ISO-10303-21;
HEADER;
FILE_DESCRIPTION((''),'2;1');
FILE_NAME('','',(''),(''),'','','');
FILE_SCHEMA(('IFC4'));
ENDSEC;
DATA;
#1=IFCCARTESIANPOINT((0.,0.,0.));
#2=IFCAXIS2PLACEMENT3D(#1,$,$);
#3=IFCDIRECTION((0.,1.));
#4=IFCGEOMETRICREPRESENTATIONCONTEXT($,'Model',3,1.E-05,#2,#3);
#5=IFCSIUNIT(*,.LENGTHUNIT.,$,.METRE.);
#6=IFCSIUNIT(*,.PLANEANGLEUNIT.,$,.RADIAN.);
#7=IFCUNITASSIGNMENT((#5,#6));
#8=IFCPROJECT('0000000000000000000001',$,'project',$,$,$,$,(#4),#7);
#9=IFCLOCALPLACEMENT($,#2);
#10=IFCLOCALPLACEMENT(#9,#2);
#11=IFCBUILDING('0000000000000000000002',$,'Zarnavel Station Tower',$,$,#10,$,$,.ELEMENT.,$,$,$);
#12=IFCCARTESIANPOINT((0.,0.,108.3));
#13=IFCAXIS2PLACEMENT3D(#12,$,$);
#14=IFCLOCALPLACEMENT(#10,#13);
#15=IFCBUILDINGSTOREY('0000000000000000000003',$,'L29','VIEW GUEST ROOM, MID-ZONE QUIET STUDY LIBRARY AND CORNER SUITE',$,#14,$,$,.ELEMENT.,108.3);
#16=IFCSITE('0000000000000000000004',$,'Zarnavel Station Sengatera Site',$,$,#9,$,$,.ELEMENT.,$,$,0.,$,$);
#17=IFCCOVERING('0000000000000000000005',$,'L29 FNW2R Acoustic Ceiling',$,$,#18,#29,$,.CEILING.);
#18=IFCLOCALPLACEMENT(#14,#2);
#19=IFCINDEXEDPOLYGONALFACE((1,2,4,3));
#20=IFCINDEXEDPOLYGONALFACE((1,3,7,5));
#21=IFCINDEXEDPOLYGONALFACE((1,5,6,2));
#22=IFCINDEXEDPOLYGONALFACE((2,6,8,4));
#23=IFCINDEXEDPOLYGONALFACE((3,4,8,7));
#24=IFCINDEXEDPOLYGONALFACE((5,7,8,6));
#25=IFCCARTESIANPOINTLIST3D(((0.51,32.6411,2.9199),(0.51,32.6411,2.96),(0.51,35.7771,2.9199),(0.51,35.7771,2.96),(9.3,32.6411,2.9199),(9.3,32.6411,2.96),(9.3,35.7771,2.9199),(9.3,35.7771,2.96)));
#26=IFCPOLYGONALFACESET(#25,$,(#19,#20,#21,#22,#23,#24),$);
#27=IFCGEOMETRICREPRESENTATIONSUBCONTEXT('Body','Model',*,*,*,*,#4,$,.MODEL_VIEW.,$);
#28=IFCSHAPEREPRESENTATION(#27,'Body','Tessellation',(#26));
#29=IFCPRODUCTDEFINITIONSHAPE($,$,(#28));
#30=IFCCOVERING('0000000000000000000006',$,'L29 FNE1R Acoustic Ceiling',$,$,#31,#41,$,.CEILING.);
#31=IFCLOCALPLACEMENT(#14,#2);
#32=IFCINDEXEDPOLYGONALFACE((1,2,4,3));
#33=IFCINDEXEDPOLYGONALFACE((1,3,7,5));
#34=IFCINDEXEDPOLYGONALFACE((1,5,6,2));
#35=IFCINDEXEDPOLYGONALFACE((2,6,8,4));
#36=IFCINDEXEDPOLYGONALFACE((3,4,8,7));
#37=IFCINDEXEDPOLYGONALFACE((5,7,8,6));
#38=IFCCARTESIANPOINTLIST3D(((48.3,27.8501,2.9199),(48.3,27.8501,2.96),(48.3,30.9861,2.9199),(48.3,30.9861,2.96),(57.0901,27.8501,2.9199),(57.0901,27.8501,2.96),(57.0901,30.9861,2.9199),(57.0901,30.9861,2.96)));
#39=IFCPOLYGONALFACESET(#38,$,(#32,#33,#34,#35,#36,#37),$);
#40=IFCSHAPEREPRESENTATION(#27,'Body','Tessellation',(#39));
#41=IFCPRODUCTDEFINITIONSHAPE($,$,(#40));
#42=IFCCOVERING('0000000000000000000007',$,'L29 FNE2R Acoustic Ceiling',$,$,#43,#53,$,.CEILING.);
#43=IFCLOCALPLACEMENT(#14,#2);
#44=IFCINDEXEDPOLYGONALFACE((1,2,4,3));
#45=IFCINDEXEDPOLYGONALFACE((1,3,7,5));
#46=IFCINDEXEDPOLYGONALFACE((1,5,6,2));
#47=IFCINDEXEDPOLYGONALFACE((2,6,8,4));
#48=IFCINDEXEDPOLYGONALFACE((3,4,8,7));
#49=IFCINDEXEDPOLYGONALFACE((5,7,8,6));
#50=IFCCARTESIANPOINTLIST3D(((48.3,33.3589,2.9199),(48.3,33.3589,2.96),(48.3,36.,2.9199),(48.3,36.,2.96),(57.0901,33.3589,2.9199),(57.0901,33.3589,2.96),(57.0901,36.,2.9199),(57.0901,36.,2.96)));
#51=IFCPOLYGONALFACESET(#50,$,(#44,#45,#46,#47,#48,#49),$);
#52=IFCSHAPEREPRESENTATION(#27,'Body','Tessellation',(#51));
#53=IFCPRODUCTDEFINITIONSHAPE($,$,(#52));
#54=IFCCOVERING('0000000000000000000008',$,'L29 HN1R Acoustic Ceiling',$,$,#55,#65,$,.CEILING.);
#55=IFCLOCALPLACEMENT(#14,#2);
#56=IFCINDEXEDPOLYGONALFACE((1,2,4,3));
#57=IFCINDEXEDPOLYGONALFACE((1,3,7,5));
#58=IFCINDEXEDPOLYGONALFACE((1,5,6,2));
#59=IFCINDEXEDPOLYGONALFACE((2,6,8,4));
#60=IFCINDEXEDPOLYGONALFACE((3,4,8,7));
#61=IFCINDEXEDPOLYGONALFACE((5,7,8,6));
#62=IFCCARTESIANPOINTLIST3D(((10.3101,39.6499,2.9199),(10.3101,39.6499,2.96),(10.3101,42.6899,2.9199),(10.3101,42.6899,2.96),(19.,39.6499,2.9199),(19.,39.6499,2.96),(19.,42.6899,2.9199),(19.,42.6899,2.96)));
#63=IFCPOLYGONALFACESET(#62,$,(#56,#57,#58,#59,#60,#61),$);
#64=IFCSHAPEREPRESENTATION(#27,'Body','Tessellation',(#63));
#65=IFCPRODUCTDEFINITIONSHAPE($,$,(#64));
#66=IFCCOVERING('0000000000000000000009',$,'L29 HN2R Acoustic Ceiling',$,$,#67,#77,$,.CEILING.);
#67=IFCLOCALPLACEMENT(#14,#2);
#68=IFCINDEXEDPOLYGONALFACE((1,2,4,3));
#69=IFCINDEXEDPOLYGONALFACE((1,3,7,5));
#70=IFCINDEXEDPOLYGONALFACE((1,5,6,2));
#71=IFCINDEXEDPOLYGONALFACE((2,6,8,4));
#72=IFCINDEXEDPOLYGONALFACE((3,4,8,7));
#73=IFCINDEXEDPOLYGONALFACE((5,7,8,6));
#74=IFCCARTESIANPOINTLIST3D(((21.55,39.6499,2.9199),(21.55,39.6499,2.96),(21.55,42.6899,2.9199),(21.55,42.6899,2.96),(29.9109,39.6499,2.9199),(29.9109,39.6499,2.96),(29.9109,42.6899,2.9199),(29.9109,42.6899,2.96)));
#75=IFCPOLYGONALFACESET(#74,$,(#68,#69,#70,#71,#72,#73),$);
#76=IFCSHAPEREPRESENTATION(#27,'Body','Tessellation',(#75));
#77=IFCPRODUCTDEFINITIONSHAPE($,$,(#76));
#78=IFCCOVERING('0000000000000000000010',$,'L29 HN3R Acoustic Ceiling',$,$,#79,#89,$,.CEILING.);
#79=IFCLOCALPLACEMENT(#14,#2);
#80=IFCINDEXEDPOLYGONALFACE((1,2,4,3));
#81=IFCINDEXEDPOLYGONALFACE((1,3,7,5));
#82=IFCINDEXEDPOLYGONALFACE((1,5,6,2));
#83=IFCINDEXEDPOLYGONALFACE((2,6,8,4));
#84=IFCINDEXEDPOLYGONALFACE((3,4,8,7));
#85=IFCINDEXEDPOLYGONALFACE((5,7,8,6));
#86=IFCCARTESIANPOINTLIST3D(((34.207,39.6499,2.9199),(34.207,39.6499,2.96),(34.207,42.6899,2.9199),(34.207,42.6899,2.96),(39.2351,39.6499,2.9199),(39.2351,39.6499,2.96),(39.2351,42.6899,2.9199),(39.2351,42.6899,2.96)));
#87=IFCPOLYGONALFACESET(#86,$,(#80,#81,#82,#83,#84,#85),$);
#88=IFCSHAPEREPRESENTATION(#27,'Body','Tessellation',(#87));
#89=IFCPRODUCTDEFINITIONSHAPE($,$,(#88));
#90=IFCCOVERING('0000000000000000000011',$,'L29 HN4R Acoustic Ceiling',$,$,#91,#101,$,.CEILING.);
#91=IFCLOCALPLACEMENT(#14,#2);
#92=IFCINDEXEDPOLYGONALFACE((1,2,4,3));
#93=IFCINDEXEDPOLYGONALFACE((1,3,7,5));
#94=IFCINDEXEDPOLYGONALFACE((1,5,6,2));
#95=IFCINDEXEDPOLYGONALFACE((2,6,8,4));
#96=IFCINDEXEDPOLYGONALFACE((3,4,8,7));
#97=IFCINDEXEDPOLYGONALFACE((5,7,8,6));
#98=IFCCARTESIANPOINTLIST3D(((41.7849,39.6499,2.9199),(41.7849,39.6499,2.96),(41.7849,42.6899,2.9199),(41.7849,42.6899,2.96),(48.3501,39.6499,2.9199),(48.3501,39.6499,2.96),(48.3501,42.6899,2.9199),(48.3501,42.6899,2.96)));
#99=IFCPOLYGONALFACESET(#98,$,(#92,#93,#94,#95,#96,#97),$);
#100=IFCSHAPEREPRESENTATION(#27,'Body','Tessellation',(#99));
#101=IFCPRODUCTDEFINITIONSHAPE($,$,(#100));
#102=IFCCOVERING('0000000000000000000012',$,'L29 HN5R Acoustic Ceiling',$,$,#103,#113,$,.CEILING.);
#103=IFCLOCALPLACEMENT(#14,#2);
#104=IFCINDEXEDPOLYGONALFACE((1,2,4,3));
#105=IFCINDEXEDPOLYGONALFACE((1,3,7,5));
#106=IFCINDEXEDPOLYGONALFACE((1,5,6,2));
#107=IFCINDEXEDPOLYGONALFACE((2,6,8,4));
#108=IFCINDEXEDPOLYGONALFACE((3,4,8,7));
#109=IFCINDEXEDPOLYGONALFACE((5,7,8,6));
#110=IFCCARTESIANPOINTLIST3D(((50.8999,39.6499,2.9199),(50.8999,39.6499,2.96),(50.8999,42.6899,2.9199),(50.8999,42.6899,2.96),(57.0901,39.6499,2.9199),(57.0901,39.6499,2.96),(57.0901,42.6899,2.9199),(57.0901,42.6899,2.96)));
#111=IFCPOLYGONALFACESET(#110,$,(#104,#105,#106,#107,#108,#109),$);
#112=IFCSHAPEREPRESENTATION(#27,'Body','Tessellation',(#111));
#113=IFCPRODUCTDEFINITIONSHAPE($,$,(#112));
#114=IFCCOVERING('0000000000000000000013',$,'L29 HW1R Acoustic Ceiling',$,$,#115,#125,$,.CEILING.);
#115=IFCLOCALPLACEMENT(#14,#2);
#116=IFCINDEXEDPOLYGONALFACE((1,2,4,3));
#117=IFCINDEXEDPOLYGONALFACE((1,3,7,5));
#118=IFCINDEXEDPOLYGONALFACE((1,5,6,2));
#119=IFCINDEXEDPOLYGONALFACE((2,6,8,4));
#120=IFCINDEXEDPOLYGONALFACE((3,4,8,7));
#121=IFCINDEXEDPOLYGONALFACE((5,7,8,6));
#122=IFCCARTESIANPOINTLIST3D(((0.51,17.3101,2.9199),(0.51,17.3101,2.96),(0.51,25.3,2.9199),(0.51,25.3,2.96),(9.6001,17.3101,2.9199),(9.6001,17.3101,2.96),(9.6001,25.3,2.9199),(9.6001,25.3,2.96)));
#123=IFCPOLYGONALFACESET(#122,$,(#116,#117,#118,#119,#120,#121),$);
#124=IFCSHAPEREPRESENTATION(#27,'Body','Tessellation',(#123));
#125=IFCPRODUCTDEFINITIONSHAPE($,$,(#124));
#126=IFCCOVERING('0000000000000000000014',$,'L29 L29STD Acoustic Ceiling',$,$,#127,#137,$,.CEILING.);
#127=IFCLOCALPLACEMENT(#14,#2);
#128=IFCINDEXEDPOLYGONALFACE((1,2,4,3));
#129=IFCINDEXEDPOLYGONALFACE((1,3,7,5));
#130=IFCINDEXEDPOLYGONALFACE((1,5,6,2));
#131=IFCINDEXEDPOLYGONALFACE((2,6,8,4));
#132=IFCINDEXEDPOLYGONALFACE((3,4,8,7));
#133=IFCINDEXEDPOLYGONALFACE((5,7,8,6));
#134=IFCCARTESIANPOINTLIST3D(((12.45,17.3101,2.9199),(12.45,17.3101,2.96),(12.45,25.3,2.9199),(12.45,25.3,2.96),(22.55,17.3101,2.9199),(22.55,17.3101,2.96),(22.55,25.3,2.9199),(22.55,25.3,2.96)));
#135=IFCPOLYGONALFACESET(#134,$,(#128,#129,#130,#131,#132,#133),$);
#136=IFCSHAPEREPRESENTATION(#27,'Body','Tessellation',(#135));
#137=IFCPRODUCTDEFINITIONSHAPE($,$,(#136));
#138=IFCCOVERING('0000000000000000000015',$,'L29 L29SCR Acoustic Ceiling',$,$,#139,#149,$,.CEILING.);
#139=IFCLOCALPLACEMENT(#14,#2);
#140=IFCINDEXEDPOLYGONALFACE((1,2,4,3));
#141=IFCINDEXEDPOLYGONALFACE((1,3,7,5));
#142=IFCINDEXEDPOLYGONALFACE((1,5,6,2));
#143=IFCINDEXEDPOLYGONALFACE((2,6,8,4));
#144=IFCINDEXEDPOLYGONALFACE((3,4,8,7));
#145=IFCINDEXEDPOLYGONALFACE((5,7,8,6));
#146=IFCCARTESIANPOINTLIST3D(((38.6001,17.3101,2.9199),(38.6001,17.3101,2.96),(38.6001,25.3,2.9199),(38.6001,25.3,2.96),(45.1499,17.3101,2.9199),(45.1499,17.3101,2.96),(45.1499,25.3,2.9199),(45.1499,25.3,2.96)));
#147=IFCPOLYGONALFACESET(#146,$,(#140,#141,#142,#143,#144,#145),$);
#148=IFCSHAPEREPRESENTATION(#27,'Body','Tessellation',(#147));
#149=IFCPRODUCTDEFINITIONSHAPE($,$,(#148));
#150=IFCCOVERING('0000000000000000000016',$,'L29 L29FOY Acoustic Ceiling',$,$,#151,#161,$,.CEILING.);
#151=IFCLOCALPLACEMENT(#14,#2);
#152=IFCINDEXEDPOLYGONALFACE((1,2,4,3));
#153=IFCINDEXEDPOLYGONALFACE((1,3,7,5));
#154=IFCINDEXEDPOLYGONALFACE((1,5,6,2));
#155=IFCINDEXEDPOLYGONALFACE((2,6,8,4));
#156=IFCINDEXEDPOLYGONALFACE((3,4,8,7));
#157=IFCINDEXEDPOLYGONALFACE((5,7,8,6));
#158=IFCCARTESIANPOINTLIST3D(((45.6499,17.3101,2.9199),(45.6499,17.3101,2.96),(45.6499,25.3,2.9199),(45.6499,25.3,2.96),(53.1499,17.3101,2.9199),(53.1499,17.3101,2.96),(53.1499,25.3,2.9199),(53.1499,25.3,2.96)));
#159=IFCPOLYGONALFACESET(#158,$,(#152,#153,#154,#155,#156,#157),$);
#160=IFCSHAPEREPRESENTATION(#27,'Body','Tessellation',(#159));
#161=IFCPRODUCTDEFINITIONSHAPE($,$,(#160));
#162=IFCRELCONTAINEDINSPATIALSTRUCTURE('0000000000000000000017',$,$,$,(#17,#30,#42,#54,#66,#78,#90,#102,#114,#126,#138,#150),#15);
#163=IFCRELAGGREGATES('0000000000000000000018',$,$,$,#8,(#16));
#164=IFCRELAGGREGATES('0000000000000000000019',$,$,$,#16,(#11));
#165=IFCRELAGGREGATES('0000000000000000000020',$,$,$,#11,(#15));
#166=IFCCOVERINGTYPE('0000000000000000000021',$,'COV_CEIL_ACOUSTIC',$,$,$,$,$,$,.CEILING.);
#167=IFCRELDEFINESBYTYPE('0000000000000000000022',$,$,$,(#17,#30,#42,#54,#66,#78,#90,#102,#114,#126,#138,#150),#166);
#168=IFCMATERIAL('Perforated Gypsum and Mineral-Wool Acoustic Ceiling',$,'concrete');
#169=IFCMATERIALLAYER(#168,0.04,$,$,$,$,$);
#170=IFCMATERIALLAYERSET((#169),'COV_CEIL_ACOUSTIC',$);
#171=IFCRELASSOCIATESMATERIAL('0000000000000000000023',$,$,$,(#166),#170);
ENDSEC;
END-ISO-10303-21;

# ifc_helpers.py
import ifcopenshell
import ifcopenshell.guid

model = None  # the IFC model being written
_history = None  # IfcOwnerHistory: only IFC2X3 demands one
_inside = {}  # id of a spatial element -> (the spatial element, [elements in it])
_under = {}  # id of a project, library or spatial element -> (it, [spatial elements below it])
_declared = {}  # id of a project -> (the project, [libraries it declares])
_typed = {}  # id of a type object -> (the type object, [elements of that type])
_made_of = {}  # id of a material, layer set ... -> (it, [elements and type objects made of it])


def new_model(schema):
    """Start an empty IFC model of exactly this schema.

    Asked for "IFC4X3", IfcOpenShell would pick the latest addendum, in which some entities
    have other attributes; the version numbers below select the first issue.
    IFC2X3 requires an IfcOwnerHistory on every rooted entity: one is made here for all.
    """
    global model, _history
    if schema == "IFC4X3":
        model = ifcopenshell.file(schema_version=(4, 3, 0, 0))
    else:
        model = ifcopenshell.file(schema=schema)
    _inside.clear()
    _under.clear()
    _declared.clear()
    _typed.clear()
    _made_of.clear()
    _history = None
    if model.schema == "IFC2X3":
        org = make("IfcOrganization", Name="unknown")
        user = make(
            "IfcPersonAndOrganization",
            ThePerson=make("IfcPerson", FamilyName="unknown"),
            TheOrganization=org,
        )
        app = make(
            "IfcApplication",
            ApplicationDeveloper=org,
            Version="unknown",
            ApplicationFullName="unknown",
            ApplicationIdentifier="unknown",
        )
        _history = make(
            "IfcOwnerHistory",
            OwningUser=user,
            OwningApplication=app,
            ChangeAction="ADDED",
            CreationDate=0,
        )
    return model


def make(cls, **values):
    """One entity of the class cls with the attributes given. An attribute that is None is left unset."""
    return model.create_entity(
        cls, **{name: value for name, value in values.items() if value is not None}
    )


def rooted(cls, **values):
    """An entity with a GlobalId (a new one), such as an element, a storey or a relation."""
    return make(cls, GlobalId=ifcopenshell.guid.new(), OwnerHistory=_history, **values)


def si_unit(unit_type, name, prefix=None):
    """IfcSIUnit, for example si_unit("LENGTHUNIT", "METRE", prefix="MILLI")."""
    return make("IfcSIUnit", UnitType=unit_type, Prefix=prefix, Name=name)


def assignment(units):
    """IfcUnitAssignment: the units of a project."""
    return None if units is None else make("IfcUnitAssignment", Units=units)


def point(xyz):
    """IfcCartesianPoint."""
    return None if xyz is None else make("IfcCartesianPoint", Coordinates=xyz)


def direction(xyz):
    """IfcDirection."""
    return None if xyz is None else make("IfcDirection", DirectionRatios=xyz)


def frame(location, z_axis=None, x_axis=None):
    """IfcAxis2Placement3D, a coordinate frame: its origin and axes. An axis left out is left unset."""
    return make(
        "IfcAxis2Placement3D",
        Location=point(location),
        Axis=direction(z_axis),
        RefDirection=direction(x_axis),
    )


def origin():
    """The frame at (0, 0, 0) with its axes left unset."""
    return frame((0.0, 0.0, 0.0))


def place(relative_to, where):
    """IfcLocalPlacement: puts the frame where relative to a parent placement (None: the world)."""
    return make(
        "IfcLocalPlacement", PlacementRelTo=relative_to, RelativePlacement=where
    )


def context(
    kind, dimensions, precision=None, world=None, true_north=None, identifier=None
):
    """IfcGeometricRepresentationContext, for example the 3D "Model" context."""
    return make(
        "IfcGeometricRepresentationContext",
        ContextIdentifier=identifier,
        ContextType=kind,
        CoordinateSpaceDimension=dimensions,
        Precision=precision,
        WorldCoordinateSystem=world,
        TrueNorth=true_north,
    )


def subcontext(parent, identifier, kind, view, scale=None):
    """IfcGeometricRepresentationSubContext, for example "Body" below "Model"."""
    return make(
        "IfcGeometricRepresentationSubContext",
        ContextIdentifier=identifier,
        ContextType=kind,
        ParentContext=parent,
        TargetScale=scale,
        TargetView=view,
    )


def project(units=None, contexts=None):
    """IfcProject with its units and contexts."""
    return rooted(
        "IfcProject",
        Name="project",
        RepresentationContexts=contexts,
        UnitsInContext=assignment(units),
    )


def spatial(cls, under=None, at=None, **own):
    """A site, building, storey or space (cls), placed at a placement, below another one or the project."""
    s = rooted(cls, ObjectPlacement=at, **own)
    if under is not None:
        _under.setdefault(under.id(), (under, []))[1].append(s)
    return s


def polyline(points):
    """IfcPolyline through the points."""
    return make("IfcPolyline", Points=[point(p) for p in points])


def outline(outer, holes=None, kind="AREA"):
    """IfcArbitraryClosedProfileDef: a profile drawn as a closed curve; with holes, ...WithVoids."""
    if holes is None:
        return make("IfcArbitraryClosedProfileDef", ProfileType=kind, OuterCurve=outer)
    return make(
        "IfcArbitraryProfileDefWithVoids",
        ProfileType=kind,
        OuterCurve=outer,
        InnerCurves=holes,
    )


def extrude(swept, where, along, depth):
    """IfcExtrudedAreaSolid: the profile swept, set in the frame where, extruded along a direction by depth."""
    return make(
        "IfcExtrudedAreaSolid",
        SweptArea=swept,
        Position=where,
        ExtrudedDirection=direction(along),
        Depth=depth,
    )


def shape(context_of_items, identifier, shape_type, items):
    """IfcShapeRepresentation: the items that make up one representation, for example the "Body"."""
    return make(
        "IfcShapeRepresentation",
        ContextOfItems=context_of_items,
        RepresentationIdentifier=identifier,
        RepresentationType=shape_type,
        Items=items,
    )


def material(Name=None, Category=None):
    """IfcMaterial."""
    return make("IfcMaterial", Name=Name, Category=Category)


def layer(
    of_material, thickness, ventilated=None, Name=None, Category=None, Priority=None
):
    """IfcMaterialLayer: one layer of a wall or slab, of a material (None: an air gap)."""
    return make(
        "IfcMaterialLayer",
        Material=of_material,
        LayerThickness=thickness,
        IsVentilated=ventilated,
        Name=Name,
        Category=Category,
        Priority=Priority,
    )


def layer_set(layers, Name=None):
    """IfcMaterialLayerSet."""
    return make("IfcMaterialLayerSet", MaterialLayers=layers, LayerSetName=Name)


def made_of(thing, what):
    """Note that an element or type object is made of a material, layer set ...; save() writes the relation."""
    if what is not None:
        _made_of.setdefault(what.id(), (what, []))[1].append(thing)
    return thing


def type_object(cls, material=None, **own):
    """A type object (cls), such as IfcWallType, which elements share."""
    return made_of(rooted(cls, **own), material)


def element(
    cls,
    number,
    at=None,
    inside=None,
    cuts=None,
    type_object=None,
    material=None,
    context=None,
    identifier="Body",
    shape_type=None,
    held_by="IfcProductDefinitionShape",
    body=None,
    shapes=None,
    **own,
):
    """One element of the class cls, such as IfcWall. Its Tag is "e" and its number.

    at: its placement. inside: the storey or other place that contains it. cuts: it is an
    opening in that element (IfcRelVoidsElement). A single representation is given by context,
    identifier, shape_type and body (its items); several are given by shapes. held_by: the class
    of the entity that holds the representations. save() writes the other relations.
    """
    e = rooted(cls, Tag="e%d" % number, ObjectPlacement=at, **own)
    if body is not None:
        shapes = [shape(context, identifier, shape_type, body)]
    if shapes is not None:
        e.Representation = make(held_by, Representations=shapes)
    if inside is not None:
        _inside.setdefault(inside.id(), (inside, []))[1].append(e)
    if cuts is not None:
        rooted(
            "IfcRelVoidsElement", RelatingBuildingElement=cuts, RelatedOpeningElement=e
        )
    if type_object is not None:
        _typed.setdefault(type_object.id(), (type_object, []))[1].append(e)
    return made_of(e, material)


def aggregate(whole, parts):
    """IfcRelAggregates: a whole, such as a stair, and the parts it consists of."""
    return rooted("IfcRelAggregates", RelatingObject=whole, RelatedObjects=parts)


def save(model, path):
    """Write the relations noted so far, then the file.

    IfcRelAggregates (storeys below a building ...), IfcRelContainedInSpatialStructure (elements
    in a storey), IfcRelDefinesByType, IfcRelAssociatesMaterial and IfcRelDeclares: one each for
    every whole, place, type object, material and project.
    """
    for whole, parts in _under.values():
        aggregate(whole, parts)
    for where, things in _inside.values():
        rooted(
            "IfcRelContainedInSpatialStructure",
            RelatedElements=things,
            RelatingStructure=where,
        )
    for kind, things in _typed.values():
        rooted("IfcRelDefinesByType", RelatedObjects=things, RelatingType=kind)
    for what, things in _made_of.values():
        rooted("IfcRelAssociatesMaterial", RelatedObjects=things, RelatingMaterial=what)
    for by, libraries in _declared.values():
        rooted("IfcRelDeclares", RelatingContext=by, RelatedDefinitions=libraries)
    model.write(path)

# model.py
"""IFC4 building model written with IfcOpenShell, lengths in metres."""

from ifc_helpers import new_model, si_unit, direction, frame, origin, place, context, subcontext, project, spatial, polyline, outline, extrude, material, layer, layer_set, type_object, element, save


model = new_model("IFC4")

# Units and contexts
model_context = context("Model", 3, precision=1e-05, world=origin(), true_north=direction((0.0, 1.0)))
body_context = subcontext(model_context, "Body", "Model", "MODEL_VIEW")
ifc_project = project(units=[si_unit("LENGTHUNIT", "METRE"), si_unit("PLANEANGLEUNIT", "RADIAN")], contexts=[model_context])

# Site, building, storey
site_placement = place(None, origin())
site = spatial("IfcSite", under=ifc_project, at=site_placement, Name="Zarnavel Station Sengatera Site", CompositionType="ELEMENT", RefElevation=0.0)
building_placement = place(site_placement, origin())
building = spatial("IfcBuilding", under=site, at=building_placement, Name="Zarnavel Station Tower", CompositionType="ELEMENT")
storey_placement = place(building_placement, frame((0.0, 0.0, 108.3)))
storey = spatial("IfcBuildingStorey", under=building, at=storey_placement, Name="L29", Description="VIEW GUEST ROOM, MID-ZONE QUIET STUDY LIBRARY AND CORNER SUITE", CompositionType="ELEMENT", Elevation=108.3)

# Coverings
ifc_material_1 = material(Name="Perforated Gypsum and Mineral-Wool Acoustic Ceiling", Category="concrete")
ifc_layer_1 = layer(ifc_material_1, 0.04)
ifc_layer_set_1 = layer_set([ifc_layer_1], Name="COV_CEIL_ACOUSTIC")
covering_type_1 = type_object("IfcCoveringType", Name="COV_CEIL_ACOUSTIC", PredefinedType="CEILING", material=ifc_layer_set_1)
covering_1_placement = place(storey_placement, frame((0.0, 0.0, 2.9199)))
element("IfcCovering", 1, at=covering_1_placement, inside=storey, type_object=covering_type_1, Name="L29 FNW2R Acoustic Ceiling", PredefinedType="CEILING", context=body_context, shape_type="SweptSolid", body=[
    extrude(outline(polyline([(0.51, 32.6411), (9.3, 32.6411), (9.3, 35.7771), (0.51, 35.7771), (0.51, 32.6411)])), origin(), (0.0, 0.0, 1.0), 0.04),
])
covering_2_placement = place(storey_placement, frame((0.0, 0.0, 2.9199)))
element("IfcCovering", 2, at=covering_2_placement, inside=storey, type_object=covering_type_1, Name="L29 FNE1R Acoustic Ceiling", PredefinedType="CEILING", context=body_context, shape_type="SweptSolid", body=[
    extrude(outline(polyline([(48.3, 27.8501), (57.0901, 27.8501), (57.0901, 30.9861), (48.3, 30.9861), (48.3, 27.8501)])), origin(), (0.0, 0.0, 1.0), 0.04),
])
covering_3_placement = place(storey_placement, frame((0.0, 0.0, 2.9199)))
element("IfcCovering", 3, at=covering_3_placement, inside=storey, type_object=covering_type_1, Name="L29 FNE2R Acoustic Ceiling", PredefinedType="CEILING", context=body_context, shape_type="SweptSolid", body=[
    extrude(outline(polyline([(48.3, 33.3589), (57.0901, 33.3589), (57.0901, 36.0), (48.3, 36.0), (48.3, 33.3589)])), origin(), (0.0, 0.0, 1.0), 0.04),
])
covering_4_placement = place(storey_placement, frame((0.0, 0.0, 2.9199)))
element("IfcCovering", 4, at=covering_4_placement, inside=storey, type_object=covering_type_1, Name="L29 HN1R Acoustic Ceiling", PredefinedType="CEILING", context=body_context, shape_type="SweptSolid", body=[
    extrude(outline(polyline([(10.3101, 39.6499), (19.0, 39.6499), (19.0, 42.6899), (10.3101, 42.6899), (10.3101, 39.6499)])), origin(), (0.0, 0.0, 1.0), 0.04),
])
covering_5_placement = place(storey_placement, frame((0.0, 0.0, 2.9199)))
element("IfcCovering", 5, at=covering_5_placement, inside=storey, type_object=covering_type_1, Name="L29 HN2R Acoustic Ceiling", PredefinedType="CEILING", context=body_context, shape_type="SweptSolid", body=[
    extrude(outline(polyline([(21.55, 39.6499), (29.9109, 39.6499), (29.9109, 42.6899), (21.55, 42.6899), (21.55, 39.6499)])), origin(), (0.0, 0.0, 1.0), 0.04),
])
covering_6_placement = place(storey_placement, frame((0.0, 0.0, 2.9199)))
element("IfcCovering", 6, at=covering_6_placement, inside=storey, type_object=covering_type_1, Name="L29 HN3R Acoustic Ceiling", PredefinedType="CEILING", context=body_context, shape_type="SweptSolid", body=[
    extrude(outline(polyline([(34.207, 39.6499), (39.2351, 39.6499), (39.2351, 42.6899), (34.207, 42.6899), (34.207, 39.6499)])), origin(), (0.0, 0.0, 1.0), 0.04),
])
covering_7_placement = place(storey_placement, frame((0.0, 0.0, 2.9199)))
element("IfcCovering", 7, at=covering_7_placement, inside=storey, type_object=covering_type_1, Name="L29 HN4R Acoustic Ceiling", PredefinedType="CEILING", context=body_context, shape_type="SweptSolid", body=[
    extrude(outline(polyline([(41.7849, 39.6499), (48.3501, 39.6499), (48.3501, 42.6899), (41.7849, 42.6899), (41.7849, 39.6499)])), origin(), (0.0, 0.0, 1.0), 0.04),
])
covering_8_placement = place(storey_placement, frame((0.0, 0.0, 2.9199)))
element("IfcCovering", 8, at=covering_8_placement, inside=storey, type_object=covering_type_1, Name="L29 HN5R Acoustic Ceiling", PredefinedType="CEILING", context=body_context, shape_type="SweptSolid", body=[
    extrude(outline(polyline([(50.8999, 39.6499), (57.0901, 39.6499), (57.0901, 42.6899), (50.8999, 42.6899), (50.8999, 39.6499)])), origin(), (0.0, 0.0, 1.0), 0.04),
])
covering_9_placement = place(storey_placement, frame((0.0, 0.0, 2.9199)))
element("IfcCovering", 9, at=covering_9_placement, inside=storey, type_object=covering_type_1, Name="L29 HW1R Acoustic Ceiling", PredefinedType="CEILING", context=body_context, shape_type="SweptSolid", body=[
    extrude(outline(polyline([(0.51, 17.3101), (9.6001, 17.3101), (9.6001, 25.3), (0.51, 25.3), (0.51, 17.3101)])), origin(), (0.0, 0.0, 1.0), 0.04),
])
covering_10_placement = place(storey_placement, frame((0.0, 0.0, 2.9199)))
element("IfcCovering", 10, at=covering_10_placement, inside=storey, type_object=covering_type_1, Name="L29 L29STD Acoustic Ceiling", PredefinedType="CEILING", context=body_context, shape_type="SweptSolid", body=[
    extrude(outline(polyline([(12.45, 17.3101), (22.55, 17.3101), (22.55, 25.3), (12.45, 25.3), (12.45, 17.3101)])), origin(), (0.0, 0.0, 1.0), 0.04),
])
covering_11_placement = place(storey_placement, frame((0.0, 0.0, 2.9199)))
element("IfcCovering", 11, at=covering_11_placement, inside=storey, type_object=covering_type_1, Name="L29 L29SCR Acoustic Ceiling", PredefinedType="CEILING", context=body_context, shape_type="SweptSolid", body=[
    extrude(outline(polyline([(38.6001, 17.3101), (45.1499, 17.3101), (45.1499, 25.3), (38.6001, 25.3), (38.6001, 17.3101)])), origin(), (0.0, 0.0, 1.0), 0.04),
])
covering_12_placement = place(storey_placement, frame((0.0, 0.0, 2.9199)))
element("IfcCovering", 12, at=covering_12_placement, inside=storey, type_object=covering_type_1, Name="L29 L29FOY Acoustic Ceiling", PredefinedType="CEILING", context=body_context, shape_type="SweptSolid", body=[
    extrude(outline(polyline([(45.6499, 17.3101), (53.1499, 17.3101), (53.1499, 25.3), (45.6499, 25.3), (45.6499, 17.3101)])), origin(), (0.0, 0.0, 1.0), 0.04),
])

save(model, "model.ifc")
